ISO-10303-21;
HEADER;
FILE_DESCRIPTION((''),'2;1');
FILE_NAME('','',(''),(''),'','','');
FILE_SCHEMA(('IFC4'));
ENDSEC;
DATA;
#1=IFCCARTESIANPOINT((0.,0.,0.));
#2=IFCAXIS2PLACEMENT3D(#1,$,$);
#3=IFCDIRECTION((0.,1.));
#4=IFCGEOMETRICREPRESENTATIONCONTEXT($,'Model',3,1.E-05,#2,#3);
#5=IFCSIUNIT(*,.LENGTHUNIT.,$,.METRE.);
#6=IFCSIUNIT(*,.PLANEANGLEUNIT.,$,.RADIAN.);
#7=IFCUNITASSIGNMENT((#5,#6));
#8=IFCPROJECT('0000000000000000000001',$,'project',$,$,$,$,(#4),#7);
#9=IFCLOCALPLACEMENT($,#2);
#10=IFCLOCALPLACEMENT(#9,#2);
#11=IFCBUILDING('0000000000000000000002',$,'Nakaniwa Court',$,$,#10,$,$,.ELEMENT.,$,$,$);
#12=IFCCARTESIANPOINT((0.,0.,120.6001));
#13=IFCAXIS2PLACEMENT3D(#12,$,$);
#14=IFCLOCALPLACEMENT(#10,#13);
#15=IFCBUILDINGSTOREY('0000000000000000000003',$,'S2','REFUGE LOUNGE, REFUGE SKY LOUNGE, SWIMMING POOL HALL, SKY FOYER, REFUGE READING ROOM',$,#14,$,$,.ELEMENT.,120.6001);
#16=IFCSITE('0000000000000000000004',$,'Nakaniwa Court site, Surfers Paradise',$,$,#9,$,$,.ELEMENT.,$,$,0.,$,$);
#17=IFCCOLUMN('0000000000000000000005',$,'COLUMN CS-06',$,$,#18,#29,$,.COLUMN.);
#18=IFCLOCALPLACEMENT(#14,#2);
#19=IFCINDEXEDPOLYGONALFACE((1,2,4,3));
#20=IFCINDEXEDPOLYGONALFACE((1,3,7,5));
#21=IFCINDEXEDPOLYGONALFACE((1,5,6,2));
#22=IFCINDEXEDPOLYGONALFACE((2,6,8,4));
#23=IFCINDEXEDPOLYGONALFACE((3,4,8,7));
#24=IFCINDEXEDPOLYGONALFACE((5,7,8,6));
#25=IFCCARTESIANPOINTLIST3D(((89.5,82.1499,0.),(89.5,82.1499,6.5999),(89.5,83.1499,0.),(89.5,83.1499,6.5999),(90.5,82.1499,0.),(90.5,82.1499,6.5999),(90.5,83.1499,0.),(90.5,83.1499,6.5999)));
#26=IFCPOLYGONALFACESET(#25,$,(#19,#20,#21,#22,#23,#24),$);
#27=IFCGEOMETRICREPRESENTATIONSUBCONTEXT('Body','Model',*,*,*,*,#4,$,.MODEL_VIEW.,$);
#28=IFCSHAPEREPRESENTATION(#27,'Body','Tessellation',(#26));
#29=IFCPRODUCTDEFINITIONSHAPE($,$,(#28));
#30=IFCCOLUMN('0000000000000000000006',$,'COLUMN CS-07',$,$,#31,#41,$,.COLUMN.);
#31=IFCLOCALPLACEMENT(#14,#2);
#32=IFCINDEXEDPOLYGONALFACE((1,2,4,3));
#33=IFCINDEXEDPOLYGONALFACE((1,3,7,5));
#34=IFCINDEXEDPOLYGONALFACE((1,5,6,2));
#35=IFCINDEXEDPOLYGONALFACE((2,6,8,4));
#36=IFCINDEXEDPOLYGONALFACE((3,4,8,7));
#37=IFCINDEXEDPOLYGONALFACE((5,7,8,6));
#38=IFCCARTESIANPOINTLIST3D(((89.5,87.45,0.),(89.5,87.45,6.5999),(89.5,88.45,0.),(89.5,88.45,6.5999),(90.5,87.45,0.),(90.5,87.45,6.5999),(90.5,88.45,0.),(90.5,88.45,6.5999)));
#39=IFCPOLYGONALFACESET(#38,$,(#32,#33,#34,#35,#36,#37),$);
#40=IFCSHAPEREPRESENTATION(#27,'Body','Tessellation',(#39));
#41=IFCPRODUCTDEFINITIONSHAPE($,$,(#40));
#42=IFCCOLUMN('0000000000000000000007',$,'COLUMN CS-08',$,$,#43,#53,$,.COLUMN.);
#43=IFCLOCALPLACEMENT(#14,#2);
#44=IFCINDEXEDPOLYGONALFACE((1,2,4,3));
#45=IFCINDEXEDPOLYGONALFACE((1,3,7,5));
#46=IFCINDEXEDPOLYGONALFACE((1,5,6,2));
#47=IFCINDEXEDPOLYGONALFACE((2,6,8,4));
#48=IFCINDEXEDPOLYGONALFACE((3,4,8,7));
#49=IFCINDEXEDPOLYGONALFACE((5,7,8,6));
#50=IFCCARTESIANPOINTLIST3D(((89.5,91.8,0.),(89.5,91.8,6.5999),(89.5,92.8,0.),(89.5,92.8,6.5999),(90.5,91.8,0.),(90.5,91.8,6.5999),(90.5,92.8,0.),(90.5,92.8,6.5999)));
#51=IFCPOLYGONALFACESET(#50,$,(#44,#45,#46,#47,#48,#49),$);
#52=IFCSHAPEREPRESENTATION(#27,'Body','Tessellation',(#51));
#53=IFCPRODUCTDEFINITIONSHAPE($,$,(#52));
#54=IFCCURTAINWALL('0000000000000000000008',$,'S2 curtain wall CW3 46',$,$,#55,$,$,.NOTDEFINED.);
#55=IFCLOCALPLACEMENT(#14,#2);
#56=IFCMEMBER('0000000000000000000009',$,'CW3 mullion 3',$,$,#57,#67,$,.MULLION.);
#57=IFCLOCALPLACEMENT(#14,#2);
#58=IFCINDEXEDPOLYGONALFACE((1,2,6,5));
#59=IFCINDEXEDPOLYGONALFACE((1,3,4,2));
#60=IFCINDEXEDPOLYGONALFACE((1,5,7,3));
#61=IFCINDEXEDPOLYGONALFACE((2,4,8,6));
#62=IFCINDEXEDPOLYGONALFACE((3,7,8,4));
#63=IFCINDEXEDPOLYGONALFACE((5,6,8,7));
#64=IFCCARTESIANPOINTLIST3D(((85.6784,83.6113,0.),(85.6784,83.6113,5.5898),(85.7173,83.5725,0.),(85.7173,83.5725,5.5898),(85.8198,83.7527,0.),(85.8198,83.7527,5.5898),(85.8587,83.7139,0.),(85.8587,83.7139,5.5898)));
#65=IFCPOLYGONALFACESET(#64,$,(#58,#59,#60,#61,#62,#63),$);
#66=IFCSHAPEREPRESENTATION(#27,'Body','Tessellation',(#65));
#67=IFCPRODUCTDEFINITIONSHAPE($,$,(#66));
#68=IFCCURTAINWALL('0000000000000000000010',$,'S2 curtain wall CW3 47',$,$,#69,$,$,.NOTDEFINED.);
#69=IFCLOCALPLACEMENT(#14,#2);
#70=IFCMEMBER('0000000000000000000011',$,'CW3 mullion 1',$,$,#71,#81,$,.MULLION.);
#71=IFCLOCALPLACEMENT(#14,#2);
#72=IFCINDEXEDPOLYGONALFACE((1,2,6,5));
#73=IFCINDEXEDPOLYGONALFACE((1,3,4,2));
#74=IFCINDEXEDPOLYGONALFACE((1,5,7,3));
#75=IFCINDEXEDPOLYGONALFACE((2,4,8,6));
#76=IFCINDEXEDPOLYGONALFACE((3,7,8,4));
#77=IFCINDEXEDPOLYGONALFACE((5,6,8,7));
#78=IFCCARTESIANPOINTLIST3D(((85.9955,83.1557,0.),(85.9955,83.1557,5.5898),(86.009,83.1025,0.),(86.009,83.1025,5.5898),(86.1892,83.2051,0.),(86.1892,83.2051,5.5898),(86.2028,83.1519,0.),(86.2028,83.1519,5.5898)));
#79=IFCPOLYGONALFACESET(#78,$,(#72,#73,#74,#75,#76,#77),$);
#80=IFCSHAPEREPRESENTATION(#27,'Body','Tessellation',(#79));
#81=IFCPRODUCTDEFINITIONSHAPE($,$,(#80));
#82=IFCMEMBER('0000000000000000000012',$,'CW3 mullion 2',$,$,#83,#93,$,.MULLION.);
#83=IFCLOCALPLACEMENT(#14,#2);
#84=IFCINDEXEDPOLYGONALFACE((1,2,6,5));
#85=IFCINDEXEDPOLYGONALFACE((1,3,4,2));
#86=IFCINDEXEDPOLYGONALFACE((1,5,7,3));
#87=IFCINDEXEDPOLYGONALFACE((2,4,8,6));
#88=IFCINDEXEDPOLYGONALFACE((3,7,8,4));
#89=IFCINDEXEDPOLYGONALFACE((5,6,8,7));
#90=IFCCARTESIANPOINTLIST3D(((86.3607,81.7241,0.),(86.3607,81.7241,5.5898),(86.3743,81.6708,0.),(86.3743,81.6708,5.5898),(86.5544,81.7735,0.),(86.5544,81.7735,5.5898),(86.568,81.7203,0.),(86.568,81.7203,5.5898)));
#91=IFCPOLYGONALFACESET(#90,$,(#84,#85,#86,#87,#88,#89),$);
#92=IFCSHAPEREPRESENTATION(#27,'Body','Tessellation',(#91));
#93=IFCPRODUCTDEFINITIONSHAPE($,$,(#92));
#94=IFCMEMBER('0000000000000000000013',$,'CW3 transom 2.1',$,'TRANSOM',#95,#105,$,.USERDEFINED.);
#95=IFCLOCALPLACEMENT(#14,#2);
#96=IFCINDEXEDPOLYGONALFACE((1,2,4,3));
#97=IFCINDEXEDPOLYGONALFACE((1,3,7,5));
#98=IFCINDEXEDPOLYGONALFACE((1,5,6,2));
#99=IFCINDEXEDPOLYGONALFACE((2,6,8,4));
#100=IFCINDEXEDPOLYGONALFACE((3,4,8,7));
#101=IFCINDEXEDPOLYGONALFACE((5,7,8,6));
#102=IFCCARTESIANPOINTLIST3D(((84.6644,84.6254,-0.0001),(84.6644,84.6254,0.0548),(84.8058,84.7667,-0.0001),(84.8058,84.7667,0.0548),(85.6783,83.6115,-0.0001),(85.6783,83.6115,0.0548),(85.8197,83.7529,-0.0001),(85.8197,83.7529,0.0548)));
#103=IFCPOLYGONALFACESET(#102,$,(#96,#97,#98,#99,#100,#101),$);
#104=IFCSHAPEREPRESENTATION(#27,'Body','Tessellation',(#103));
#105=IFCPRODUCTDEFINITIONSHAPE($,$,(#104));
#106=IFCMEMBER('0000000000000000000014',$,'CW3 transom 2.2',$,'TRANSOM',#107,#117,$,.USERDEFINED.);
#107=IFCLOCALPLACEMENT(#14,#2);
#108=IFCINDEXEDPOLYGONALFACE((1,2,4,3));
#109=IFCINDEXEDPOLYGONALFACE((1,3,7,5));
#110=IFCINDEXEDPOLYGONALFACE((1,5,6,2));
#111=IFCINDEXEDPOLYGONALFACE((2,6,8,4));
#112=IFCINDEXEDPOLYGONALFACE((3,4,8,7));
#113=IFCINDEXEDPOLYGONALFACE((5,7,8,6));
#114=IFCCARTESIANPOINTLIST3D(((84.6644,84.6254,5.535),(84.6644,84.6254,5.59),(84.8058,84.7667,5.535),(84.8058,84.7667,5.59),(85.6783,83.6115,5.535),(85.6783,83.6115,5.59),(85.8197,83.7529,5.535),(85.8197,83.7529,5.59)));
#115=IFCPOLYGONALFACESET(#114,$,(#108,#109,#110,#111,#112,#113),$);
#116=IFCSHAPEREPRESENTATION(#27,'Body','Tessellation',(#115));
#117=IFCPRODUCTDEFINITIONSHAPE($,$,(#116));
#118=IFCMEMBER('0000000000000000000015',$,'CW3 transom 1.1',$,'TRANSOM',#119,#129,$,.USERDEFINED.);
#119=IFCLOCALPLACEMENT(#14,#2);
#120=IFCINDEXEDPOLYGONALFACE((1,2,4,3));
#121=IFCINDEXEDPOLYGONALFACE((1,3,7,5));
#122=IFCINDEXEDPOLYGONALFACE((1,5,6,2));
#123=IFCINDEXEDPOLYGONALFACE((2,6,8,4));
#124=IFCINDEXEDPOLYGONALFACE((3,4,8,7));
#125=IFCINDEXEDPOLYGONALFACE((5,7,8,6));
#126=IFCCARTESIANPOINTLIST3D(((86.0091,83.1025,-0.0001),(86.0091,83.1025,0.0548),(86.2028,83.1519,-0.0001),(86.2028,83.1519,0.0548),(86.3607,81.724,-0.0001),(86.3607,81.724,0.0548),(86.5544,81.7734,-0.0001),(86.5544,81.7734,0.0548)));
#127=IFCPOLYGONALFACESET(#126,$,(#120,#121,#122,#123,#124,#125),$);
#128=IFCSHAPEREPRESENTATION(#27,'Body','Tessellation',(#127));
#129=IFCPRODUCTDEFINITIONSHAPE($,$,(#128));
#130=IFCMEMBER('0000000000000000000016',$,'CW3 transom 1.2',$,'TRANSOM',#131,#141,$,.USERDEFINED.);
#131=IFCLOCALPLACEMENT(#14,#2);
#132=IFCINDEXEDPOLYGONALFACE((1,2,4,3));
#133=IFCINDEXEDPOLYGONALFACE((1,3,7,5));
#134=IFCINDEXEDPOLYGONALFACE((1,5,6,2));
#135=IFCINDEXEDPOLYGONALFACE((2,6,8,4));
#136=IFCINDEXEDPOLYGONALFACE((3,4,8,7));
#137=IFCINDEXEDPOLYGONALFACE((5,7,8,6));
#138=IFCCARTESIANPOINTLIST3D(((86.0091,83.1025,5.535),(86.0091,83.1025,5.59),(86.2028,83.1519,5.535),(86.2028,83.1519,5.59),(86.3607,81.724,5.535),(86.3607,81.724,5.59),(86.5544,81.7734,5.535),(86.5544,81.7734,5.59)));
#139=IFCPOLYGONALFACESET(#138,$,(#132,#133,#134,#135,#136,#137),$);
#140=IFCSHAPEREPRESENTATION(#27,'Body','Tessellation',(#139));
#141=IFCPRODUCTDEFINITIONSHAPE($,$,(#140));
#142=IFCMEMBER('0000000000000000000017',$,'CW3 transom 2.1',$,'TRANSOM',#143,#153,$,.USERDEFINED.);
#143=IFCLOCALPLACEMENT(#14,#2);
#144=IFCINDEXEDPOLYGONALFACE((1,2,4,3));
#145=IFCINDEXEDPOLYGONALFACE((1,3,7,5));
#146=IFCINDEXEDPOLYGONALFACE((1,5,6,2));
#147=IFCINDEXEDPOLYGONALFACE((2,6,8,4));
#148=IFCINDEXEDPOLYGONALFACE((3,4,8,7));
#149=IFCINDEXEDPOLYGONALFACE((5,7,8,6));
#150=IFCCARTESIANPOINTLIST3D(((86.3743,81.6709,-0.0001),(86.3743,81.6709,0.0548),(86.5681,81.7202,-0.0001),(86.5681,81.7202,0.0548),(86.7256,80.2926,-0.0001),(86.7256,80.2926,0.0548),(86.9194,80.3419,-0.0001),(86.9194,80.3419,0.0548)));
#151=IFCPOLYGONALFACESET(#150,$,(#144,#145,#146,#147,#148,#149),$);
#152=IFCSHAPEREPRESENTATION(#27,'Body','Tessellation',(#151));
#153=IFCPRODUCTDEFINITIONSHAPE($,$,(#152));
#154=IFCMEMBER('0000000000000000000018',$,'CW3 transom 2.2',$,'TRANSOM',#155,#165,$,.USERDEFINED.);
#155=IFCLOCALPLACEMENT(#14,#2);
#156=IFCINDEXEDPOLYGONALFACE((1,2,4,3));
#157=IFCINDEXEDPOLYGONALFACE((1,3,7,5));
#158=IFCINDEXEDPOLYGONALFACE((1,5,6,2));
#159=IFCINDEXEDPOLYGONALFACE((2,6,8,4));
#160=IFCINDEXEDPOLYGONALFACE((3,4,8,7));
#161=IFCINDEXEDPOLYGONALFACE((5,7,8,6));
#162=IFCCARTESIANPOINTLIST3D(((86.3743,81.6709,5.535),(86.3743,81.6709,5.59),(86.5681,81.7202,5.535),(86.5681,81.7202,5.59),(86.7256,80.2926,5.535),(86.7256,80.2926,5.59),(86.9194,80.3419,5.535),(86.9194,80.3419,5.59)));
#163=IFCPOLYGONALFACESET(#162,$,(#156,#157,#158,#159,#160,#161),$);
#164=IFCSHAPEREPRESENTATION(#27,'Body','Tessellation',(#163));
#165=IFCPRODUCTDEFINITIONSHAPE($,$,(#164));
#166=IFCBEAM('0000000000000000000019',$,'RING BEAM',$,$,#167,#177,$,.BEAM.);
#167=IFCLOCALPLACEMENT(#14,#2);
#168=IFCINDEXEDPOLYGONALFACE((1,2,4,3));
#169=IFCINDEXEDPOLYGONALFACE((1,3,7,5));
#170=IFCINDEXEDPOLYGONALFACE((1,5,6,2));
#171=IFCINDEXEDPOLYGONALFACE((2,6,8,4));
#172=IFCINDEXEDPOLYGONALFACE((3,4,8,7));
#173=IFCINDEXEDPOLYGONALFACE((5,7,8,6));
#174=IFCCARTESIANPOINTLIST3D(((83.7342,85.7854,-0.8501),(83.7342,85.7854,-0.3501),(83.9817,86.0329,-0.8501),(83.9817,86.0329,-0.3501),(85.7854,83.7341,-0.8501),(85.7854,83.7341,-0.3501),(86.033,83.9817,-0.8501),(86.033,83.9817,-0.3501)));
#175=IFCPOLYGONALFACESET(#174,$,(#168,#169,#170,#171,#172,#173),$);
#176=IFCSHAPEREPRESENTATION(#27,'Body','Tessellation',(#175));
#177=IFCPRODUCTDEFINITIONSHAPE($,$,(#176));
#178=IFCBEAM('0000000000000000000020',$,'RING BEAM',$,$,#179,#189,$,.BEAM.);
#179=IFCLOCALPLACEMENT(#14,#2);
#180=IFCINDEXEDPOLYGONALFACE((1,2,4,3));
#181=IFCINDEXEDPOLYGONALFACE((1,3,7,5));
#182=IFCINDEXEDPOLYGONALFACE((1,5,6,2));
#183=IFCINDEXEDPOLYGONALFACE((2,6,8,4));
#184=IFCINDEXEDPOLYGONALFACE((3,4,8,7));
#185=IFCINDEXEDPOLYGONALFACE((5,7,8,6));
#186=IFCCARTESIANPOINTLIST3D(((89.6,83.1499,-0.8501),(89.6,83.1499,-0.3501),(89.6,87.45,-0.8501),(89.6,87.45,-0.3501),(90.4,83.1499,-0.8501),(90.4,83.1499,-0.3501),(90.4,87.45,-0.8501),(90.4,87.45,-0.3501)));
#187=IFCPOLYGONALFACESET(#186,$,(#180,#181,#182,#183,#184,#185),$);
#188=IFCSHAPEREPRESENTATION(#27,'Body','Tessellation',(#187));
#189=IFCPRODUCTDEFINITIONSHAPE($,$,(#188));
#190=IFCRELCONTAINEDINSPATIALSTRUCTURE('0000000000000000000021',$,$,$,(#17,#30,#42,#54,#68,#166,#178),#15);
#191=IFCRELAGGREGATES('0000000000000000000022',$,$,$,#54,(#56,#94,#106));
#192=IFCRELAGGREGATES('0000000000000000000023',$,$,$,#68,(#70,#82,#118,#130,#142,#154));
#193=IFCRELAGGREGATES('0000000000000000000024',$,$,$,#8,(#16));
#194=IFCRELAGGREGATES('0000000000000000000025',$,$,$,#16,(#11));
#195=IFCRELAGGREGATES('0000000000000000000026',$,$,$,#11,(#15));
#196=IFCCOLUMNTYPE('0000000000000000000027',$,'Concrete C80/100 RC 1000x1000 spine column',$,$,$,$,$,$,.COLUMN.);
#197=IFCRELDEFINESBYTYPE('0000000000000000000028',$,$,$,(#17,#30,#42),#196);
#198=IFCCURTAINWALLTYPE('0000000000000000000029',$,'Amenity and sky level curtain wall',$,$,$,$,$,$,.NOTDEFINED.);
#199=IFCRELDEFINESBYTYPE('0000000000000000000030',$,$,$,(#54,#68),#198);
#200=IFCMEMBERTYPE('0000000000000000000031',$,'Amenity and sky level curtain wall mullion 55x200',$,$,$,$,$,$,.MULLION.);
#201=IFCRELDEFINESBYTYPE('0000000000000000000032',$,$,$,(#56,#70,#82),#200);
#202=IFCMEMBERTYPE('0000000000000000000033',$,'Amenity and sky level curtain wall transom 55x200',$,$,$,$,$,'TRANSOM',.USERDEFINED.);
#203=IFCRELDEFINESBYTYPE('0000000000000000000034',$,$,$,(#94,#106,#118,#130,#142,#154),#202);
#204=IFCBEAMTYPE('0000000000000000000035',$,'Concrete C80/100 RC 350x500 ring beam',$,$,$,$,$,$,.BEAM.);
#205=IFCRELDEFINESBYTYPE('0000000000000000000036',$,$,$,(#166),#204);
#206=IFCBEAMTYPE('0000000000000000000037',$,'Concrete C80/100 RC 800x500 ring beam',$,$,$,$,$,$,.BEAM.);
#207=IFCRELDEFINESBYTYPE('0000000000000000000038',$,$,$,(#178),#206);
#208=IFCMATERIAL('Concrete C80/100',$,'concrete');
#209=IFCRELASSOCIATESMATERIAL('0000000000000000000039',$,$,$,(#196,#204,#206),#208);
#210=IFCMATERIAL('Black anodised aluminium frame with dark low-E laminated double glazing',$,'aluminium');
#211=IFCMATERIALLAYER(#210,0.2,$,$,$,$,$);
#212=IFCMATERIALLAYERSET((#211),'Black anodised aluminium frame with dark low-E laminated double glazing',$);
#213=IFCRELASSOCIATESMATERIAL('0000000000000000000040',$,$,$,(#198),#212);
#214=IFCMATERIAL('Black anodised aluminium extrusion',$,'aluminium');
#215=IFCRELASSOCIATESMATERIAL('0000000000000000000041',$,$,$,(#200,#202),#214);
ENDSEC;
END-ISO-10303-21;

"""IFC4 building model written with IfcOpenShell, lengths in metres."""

from ifc_helpers import new_model, si_unit, direction, frame, origin, origin_2d, place, context, subcontext, project, spatial, rectangle, extrude, material, layer, layer_set, material_profile, profile_set, type_object, element, aggregate, save


model = new_model("IFC4")

# Units and contexts
model_context = context("Model", 3, precision=1e-05, world=origin(), true_north=direction((0.0, 1.0)))
body_context = subcontext(model_context, "Body", "Model", "MODEL_VIEW")
ifc_project = project(units=[si_unit("LENGTHUNIT", "METRE"), si_unit("PLANEANGLEUNIT", "RADIAN")], contexts=[model_context])

# Site, building, storey
site_placement = place(None, origin())
site = spatial("IfcSite", under=ifc_project, at=site_placement, Name="Nakaniwa Court site, Surfers Paradise", CompositionType="ELEMENT", RefElevation=0.0)
building_placement = place(site_placement, origin())
building = spatial("IfcBuilding", under=site, at=building_placement, Name="Nakaniwa Court", CompositionType="ELEMENT")
storey_placement = place(building_placement, frame((0.0, 0.0, 120.6001)))
storey = spatial("IfcBuildingStorey", under=building, at=storey_placement, Name="S2", Description="REFUGE LOUNGE, REFUGE SKY LOUNGE, SWIMMING POOL HALL, SKY FOYER, REFUGE READING ROOM", CompositionType="ELEMENT", Elevation=120.6001)

# Columns
ifc_material_1 = material(Name="Concrete C80/100", Category="concrete")
ifc_material_profile_1 = material_profile(ifc_material_1, rectangle(XDim=1.0, YDim=1.0, at=origin_2d()), Name="Concrete C80/100 RC 1000x1000 spine column")
ifc_profile_set_1 = profile_set([ifc_material_profile_1], Name="Concrete C80/100")
column_type_1 = type_object("IfcColumnType", Name="Concrete C80/100 RC 1000x1000 spine column", PredefinedType="COLUMN", material=ifc_profile_set_1)
for number, where, z_axis, x_axis, name in (
    (1, (90.0, 82.6499, 0.0), (0.0, 0.0, 1.0), (0.0, 1.0, 0.0), "COLUMN CS-06"),
    (2, (90.0, 87.95, 0.0), (0.0, 0.0, 1.0), (0.0, 1.0, 0.0), "COLUMN CS-07"),
    (3, (90.0, 92.3, 0.0), (0.0, 0.0, 1.0), (0.0, 1.0, 0.0), "COLUMN CS-08"),
):
    element("IfcColumn", number, at=place(storey_placement, frame(where, z_axis=z_axis, x_axis=x_axis)), inside=storey, type_object=column_type_1, Name=name, PredefinedType="COLUMN", context=body_context, shape_type="SweptSolid", body=[
        extrude(rectangle(XDim=1.0, YDim=1.0, at=origin_2d()), origin(), (0.0, 0.0, 1.0), 6.5999),
    ])

# Curtain wall, member
ifc_material_2 = material(Name="Black anodised aluminium frame with dark low-E laminated double glazing", Category="aluminium")
ifc_layer_1 = layer(ifc_material_2, 0.2)
ifc_layer_set_1 = layer_set([ifc_layer_1], Name="Black anodised aluminium frame with dark low-E laminated double glazing")
curtain_wall_type = type_object("IfcCurtainWallType", Name="Amenity and sky level curtain wall", PredefinedType="NOTDEFINED", material=ifc_layer_set_1)
curtain_wall_1_placement = place(storey_placement, origin())
curtain_wall_1 = element("IfcCurtainWall", 4, at=curtain_wall_1_placement, inside=storey, type_object=curtain_wall_type, Name="S2 curtain wall CW3 46", PredefinedType="NOTDEFINED")
ifc_material_3 = material(Name="Black anodised aluminium extrusion", Category="aluminium")
ifc_material_profile_2 = material_profile(ifc_material_3, rectangle(XDim=0.2, YDim=0.0549, at=origin_2d()), Name="Amenity and sky level curtain wall mullion 55x200")
ifc_profile_set_2 = profile_set([ifc_material_profile_2], Name="Black anodised aluminium extrusion")
member_type_1 = type_object("IfcMemberType", Name="Amenity and sky level curtain wall mullion 55x200", PredefinedType="MULLION", material=ifc_profile_set_2)
member_1_placement = place(storey_placement, frame((85.7686, 83.6626, 0.0), z_axis=(0.0, 0.0, 1.0), x_axis=(0.707107, 0.707107, 0.0)))
member_1 = element("IfcMember", 5, at=member_1_placement, type_object=member_type_1, Name="CW3 mullion 3", PredefinedType="MULLION", context=body_context, shape_type="SweptSolid", body=[
    extrude(rectangle(XDim=0.2, YDim=0.0549, at=origin_2d()), origin(), (0.0, 0.0, 1.0), 5.5898),
])

# Curtain wall, members
curtain_wall_2_placement = place(storey_placement, origin())
curtain_wall_2 = element("IfcCurtainWall", 6, at=curtain_wall_2_placement, inside=storey, type_object=curtain_wall_type, Name="S2 curtain wall CW3 47", PredefinedType="NOTDEFINED")
member_2_placement = place(storey_placement, frame((86.0991, 83.1538, 0.0), z_axis=(0.0, 0.0, 1.0), x_axis=(0.968986, 0.247114, 0.0)))
member_2 = element("IfcMember", 7, at=member_2_placement, type_object=member_type_1, Name="CW3 mullion 1", PredefinedType="MULLION", context=body_context, shape_type="SweptSolid", body=[
    extrude(rectangle(XDim=0.2, YDim=0.0549, at=origin_2d()), origin(), (0.0, 0.0, 1.0), 5.5898),
])
member_3_placement = place(storey_placement, frame((86.4644, 81.7222, 0.0), z_axis=(0.0, 0.0, 1.0), x_axis=(0.968986, 0.247114, 0.0)))
member_3 = element("IfcMember", 8, at=member_3_placement, type_object=member_type_1, Name="CW3 mullion 2", PredefinedType="MULLION", context=body_context, shape_type="SweptSolid", body=[
    extrude(rectangle(XDim=0.2, YDim=0.0549, at=origin_2d()), origin(), (0.0, 0.0, 1.0), 5.5898),
])

# Members
ifc_material_profile_3 = material_profile(ifc_material_3, rectangle(XDim=0.2, YDim=0.0549, at=origin_2d()), Name="Amenity and sky level curtain wall transom 55x200")
ifc_profile_set_3 = profile_set([ifc_material_profile_3], Name="Black anodised aluminium extrusion")
member_type_2 = type_object("IfcMemberType", Name="Amenity and sky level curtain wall transom 55x200", ElementType="TRANSOM", PredefinedType="USERDEFINED", material=ifc_profile_set_3)
member_4_placement = place(storey_placement, frame((84.7351, 84.696, 0.0273), z_axis=(0.707107, -0.707107, 0.0), x_axis=(0.707107, 0.707107, 0.0)))
member_4 = element("IfcMember", 9, at=member_4_placement, type_object=member_type_2, Name="CW3 transom 2.1", ObjectType="TRANSOM", PredefinedType="USERDEFINED", context=body_context, shape_type="SweptSolid", body=[
    extrude(rectangle(XDim=0.2, YDim=0.0549, at=origin_2d()), origin(), (0.0, 0.0, 1.0), 1.4338),
])
member_5_placement = place(storey_placement, frame((84.7351, 84.696, 5.5625), z_axis=(0.707107, -0.707107, 0.0), x_axis=(0.707107, 0.707107, 0.0)))
member_5 = element("IfcMember", 10, at=member_5_placement, type_object=member_type_2, Name="CW3 transom 2.2", ObjectType="TRANSOM", PredefinedType="USERDEFINED", context=body_context, shape_type="SweptSolid", body=[
    extrude(rectangle(XDim=0.2, YDim=0.0549, at=origin_2d()), origin(), (0.0, 0.0, 1.0), 1.4338),
])
member_6_placement = place(storey_placement, frame((86.106, 83.1272, 0.0273), z_axis=(0.247136, -0.968981, 0.0), x_axis=(0.968981, 0.247136, 0.0)))
member_6 = element("IfcMember", 11, at=member_6_placement, type_object=member_type_2, Name="CW3 transom 1.1", ObjectType="TRANSOM", PredefinedType="USERDEFINED", context=body_context, shape_type="SweptSolid", body=[
    extrude(rectangle(XDim=0.2, YDim=0.0549, at=origin_2d()), origin(), (0.0, 0.0, 1.0), 1.4226),
])
member_7_placement = place(storey_placement, frame((86.106, 83.1272, 5.5625), z_axis=(0.247136, -0.968981, 0.0), x_axis=(0.968981, 0.247136, 0.0)))
member_7 = element("IfcMember", 12, at=member_7_placement, type_object=member_type_2, Name="CW3 transom 1.2", ObjectType="TRANSOM", PredefinedType="USERDEFINED", context=body_context, shape_type="SweptSolid", body=[
    extrude(rectangle(XDim=0.2, YDim=0.0549, at=origin_2d()), origin(), (0.0, 0.0, 1.0), 1.4226),
])
member_8_placement = place(storey_placement, frame((86.4712, 81.6956, 0.0273), z_axis=(0.246975, -0.969022, 0.0), x_axis=(0.969022, 0.246975, 0.0)))
member_8 = element("IfcMember", 13, at=member_8_placement, type_object=member_type_2, Name="CW3 transom 2.1", ObjectType="TRANSOM", PredefinedType="USERDEFINED", context=body_context, shape_type="SweptSolid", body=[
    extrude(rectangle(XDim=0.2, YDim=0.0549, at=origin_2d()), origin(), (0.0, 0.0, 1.0), 1.4224),
])
member_9_placement = place(storey_placement, frame((86.4712, 81.6956, 5.5625), z_axis=(0.246975, -0.969022, 0.0), x_axis=(0.969022, 0.246975, 0.0)))
member_9 = element("IfcMember", 14, at=member_9_placement, type_object=member_type_2, Name="CW3 transom 2.2", ObjectType="TRANSOM", PredefinedType="USERDEFINED", context=body_context, shape_type="SweptSolid", body=[
    extrude(rectangle(XDim=0.2, YDim=0.0549, at=origin_2d()), origin(), (0.0, 0.0, 1.0), 1.4224),
])

# Beams
ifc_material_profile_4 = material_profile(ifc_material_1, rectangle(XDim=0.3501, YDim=0.5, at=origin_2d()), Name="Concrete C80/100 RC 350x500 ring beam")
ifc_profile_set_4 = profile_set([ifc_material_profile_4], Name="Concrete C80/100")
beam_type_1 = type_object("IfcBeamType", Name="Concrete C80/100 RC 350x500 ring beam", PredefinedType="BEAM", material=ifc_profile_set_4)
beam_1_placement = place(storey_placement, frame((85.9092, 83.8579, -0.6001), z_axis=(-0.707107, 0.707107, 0.0), x_axis=(-0.707107, -0.707107, 0.0)))
element("IfcBeam", 15, at=beam_1_placement, inside=storey, type_object=beam_type_1, Name="RING BEAM", PredefinedType="BEAM", context=body_context, shape_type="SweptSolid", body=[
    extrude(rectangle(XDim=0.3501, YDim=0.5, at=origin_2d()), origin(), (0.0, 0.0, 1.0), 2.9009),
])
ifc_material_profile_5 = material_profile(ifc_material_1, rectangle(XDim=0.8, YDim=0.5, at=origin_2d()), Name="Concrete C80/100 RC 800x500 ring beam")
ifc_profile_set_5 = profile_set([ifc_material_profile_5], Name="Concrete C80/100")
beam_type_2 = type_object("IfcBeamType", Name="Concrete C80/100 RC 800x500 ring beam", PredefinedType="BEAM", material=ifc_profile_set_5)
beam_2_placement = place(storey_placement, frame((90.0, 83.1499, -0.6001), z_axis=(0.0, 1.0, 0.0), x_axis=(-1.0, 0.0, 0.0)))
element("IfcBeam", 16, at=beam_2_placement, inside=storey, type_object=beam_type_2, Name="RING BEAM", PredefinedType="BEAM", context=body_context, shape_type="SweptSolid", body=[
    extrude(rectangle(XDim=0.8, YDim=0.5, at=origin_2d()), origin(), (0.0, 0.0, 1.0), 4.3),
])

aggregate(curtain_wall_1, [member_1, member_4, member_5])
aggregate(curtain_wall_2, [member_2, member_3, member_6, member_7, member_8, member_9])

save(model, "model.ifc")
